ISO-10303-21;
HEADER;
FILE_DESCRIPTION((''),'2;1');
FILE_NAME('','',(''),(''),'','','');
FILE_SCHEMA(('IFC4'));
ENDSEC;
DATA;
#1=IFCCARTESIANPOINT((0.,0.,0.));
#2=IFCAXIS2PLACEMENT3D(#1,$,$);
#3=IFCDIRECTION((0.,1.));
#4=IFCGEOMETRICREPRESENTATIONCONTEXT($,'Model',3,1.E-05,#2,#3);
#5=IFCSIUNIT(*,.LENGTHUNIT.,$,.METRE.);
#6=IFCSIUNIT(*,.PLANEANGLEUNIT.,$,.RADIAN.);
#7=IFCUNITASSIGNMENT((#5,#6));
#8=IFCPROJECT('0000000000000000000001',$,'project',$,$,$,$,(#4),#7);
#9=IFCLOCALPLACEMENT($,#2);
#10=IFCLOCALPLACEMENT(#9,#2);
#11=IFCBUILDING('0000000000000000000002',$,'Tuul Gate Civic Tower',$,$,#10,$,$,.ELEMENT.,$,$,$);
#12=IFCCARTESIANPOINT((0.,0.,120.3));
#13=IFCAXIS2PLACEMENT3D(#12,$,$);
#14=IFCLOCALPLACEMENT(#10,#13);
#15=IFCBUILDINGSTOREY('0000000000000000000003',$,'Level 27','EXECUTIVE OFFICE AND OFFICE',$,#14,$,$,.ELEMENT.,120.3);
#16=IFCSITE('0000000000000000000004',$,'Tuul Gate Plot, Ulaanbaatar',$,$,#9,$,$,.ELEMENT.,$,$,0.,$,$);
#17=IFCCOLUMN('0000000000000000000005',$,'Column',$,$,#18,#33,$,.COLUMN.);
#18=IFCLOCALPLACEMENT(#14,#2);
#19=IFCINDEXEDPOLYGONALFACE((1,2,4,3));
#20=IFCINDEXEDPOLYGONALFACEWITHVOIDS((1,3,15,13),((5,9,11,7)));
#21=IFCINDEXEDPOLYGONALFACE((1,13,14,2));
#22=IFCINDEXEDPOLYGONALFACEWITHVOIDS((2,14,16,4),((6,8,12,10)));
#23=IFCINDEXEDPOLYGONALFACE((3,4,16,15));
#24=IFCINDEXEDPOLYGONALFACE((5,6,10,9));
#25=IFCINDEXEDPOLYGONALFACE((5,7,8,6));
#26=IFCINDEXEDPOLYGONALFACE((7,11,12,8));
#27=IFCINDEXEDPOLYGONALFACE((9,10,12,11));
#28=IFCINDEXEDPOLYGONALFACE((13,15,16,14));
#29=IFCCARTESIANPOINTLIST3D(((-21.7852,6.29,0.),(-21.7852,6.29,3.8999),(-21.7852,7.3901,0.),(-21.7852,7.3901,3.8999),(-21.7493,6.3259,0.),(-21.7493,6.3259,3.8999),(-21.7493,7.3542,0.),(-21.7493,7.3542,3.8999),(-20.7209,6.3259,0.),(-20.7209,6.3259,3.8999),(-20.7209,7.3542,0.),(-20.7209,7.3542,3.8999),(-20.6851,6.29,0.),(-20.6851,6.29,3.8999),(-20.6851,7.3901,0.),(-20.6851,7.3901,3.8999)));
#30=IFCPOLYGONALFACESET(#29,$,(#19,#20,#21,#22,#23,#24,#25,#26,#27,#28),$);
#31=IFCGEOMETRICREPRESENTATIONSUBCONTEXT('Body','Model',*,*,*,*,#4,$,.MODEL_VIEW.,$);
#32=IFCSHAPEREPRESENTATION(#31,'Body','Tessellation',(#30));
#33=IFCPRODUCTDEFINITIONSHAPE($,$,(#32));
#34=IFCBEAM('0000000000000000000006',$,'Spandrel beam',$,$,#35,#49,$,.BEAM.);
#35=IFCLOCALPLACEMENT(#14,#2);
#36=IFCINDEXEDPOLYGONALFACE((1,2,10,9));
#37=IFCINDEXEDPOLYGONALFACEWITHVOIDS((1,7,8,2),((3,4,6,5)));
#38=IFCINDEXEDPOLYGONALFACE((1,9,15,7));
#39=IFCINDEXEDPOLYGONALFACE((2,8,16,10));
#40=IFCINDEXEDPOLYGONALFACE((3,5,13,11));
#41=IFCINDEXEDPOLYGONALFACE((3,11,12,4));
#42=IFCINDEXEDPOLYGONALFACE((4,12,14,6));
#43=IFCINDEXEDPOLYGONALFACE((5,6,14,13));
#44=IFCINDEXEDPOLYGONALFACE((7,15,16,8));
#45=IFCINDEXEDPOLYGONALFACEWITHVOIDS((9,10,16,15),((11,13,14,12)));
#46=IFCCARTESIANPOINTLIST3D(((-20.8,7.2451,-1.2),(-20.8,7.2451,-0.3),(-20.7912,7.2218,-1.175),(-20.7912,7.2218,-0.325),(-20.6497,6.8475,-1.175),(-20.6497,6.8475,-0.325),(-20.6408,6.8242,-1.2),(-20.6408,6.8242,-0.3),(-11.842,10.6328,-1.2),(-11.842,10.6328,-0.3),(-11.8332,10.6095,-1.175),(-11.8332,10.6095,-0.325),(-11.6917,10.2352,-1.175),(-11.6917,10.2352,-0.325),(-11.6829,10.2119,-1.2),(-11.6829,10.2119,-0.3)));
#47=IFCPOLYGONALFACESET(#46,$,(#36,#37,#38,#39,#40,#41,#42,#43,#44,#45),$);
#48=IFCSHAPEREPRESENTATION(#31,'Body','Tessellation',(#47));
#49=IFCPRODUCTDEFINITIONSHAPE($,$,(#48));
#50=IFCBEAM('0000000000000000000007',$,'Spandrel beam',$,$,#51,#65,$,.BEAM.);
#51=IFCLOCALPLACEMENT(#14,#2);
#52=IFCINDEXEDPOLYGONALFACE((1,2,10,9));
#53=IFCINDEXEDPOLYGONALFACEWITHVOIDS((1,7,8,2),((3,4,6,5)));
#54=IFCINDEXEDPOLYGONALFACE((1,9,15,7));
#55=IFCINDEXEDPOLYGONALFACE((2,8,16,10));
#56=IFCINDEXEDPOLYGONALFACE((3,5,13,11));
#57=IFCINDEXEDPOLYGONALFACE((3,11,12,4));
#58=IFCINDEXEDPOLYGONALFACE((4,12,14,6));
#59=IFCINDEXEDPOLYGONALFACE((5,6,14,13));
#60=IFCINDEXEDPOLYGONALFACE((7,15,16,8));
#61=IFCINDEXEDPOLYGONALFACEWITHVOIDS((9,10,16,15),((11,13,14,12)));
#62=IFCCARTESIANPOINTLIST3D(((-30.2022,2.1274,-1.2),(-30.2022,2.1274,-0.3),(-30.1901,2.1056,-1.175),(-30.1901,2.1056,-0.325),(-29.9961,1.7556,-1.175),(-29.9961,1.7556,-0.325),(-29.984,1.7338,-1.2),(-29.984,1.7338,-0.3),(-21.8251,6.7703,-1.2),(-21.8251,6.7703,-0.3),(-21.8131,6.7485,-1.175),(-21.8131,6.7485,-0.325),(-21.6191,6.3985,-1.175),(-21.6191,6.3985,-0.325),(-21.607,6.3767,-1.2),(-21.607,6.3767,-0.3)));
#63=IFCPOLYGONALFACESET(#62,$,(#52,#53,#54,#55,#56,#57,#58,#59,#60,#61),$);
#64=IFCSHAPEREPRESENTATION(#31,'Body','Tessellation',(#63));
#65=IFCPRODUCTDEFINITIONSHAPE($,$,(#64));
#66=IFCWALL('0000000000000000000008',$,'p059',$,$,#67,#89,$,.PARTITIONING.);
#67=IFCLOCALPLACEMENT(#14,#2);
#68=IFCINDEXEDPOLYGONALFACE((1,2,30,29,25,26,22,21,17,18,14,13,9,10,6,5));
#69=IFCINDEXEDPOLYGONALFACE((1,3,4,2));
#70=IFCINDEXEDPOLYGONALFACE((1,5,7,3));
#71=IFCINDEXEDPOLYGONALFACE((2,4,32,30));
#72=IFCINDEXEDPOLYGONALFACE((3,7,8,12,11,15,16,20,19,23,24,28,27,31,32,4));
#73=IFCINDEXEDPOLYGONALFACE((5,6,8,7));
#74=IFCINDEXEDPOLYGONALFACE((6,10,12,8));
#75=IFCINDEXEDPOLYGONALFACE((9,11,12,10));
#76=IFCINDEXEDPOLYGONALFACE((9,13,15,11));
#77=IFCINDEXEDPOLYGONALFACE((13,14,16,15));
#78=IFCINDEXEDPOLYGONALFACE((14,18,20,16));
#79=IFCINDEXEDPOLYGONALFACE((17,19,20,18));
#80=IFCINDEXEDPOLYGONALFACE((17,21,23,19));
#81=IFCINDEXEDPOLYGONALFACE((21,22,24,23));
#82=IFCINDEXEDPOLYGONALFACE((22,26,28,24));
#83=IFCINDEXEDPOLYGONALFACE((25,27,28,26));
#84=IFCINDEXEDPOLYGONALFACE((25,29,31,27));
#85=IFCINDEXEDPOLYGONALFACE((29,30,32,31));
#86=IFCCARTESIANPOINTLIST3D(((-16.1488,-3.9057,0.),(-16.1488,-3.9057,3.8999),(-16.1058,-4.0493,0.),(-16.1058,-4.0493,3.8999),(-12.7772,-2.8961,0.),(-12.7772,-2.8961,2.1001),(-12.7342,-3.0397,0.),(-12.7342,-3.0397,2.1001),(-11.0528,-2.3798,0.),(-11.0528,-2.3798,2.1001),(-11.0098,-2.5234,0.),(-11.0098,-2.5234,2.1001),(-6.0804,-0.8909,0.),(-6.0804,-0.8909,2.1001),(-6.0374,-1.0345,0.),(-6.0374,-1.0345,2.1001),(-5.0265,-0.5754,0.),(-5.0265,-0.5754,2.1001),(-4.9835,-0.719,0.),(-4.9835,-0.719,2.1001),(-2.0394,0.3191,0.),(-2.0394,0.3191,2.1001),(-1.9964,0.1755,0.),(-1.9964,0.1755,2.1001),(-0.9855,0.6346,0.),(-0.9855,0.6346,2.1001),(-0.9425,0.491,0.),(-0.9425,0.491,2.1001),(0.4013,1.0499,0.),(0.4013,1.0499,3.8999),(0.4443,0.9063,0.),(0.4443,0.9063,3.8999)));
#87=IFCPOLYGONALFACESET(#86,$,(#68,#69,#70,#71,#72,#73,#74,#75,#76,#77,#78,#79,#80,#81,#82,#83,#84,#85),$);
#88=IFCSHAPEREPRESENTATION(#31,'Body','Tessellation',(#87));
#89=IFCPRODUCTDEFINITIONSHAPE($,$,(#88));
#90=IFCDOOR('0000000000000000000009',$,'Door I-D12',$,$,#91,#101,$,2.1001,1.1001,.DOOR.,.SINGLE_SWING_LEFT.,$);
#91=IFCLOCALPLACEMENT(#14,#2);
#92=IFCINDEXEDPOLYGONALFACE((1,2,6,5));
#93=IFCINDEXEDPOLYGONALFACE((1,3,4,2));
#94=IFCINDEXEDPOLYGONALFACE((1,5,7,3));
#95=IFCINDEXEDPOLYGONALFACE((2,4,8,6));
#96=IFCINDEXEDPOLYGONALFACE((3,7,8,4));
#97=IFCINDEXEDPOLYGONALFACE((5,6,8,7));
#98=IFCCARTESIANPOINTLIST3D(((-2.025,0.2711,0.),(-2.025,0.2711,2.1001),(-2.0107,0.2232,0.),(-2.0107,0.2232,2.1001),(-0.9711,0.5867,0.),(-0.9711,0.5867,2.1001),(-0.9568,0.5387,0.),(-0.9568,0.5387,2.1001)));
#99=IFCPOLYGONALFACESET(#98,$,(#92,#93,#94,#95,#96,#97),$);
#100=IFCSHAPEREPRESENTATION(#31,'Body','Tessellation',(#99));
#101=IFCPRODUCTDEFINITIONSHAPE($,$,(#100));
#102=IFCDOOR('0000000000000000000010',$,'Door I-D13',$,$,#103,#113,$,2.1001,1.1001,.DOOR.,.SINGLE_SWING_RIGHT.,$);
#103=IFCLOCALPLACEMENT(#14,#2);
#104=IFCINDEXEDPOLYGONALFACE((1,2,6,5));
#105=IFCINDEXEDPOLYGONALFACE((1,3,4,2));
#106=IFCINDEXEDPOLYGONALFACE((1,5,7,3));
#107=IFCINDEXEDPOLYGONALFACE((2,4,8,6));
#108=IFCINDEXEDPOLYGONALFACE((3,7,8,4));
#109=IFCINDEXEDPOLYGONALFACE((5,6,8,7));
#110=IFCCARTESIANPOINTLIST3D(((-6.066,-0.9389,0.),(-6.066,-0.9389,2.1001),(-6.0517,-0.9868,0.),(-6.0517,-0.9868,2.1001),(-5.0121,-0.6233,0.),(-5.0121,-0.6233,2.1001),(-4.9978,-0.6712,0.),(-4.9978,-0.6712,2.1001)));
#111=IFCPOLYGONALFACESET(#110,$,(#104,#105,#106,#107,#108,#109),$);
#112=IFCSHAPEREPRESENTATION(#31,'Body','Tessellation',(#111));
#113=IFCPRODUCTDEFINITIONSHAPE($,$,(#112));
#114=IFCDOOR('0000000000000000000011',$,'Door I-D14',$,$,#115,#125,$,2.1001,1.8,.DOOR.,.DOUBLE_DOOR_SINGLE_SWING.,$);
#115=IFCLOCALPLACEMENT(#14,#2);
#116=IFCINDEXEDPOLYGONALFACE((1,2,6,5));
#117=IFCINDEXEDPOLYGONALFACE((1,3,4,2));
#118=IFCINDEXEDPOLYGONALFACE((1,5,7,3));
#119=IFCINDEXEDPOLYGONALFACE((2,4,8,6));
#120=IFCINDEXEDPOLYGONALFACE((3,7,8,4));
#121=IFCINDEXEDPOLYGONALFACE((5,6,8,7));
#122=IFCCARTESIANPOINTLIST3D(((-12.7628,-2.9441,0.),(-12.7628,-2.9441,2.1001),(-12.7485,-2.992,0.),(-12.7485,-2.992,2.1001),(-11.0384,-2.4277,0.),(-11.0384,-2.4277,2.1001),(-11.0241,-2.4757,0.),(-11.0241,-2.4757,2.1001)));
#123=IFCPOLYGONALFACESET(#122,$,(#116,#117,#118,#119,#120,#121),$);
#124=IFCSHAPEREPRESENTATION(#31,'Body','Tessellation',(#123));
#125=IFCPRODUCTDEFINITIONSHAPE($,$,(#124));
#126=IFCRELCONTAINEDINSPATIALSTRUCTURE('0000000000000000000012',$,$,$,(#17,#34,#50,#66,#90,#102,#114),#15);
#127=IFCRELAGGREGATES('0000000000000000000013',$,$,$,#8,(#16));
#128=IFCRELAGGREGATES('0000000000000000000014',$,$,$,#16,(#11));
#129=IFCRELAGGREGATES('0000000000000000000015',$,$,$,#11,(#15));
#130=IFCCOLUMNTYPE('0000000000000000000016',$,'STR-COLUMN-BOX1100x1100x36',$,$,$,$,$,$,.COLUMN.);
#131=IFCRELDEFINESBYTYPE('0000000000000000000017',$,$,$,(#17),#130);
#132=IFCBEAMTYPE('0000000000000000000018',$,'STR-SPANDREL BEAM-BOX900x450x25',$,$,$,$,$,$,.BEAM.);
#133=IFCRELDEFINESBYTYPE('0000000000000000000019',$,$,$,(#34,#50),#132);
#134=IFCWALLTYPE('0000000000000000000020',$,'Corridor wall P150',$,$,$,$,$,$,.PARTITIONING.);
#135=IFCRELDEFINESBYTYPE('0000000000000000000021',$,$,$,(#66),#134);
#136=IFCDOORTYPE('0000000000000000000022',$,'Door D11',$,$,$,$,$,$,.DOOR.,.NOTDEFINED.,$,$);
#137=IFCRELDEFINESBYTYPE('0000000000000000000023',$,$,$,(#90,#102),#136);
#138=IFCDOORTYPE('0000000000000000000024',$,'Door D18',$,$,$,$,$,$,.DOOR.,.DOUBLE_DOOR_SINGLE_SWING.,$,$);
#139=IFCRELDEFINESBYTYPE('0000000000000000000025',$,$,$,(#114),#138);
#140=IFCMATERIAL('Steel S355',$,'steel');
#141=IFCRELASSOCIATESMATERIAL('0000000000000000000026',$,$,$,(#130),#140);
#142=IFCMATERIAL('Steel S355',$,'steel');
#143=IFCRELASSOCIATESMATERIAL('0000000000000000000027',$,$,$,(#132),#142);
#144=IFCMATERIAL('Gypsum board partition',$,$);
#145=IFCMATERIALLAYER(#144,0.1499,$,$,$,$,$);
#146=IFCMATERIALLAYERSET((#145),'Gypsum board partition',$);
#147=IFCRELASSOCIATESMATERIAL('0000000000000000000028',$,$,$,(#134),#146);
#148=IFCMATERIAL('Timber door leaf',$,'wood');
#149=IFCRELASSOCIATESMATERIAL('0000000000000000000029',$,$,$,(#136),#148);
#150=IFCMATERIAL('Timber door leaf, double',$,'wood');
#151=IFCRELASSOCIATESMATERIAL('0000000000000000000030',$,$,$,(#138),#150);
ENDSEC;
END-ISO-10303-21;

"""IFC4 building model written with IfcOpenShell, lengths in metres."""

from ifc_helpers import new_model, si_unit, direction, frame, frame_2d, origin, origin_2d, place, context, subcontext, project, spatial, rectangle, hollow_rectangle, extrude, material, layer, layer_set, material_profile, profile_set, type_object, element, fill, save


model = new_model("IFC4")

# Units and contexts
model_context = context("Model", 3, precision=1e-05, world=origin(), true_north=direction((0.0, 1.0)))
body_context = subcontext(model_context, "Body", "Model", "MODEL_VIEW")
ifc_project = project(units=[si_unit("LENGTHUNIT", "METRE"), si_unit("PLANEANGLEUNIT", "RADIAN")], contexts=[model_context])

# Site, building, storey
site_placement = place(None, origin())
site = spatial("IfcSite", under=ifc_project, at=site_placement, Name="Tuul Gate Plot, Ulaanbaatar", CompositionType="ELEMENT", RefElevation=0.0)
building_placement = place(site_placement, origin())
building = spatial("IfcBuilding", under=site, at=building_placement, Name="Tuul Gate Civic Tower", CompositionType="ELEMENT")
storey_placement = place(building_placement, frame((0.0, 0.0, 120.3)))
storey = spatial("IfcBuildingStorey", under=building, at=storey_placement, Name="Level 27", Description="EXECUTIVE OFFICE AND OFFICE", CompositionType="ELEMENT", Elevation=120.3)

# Column
ifc_material_1 = material(Name="Steel S355", Category="steel")
ifc_material_profile_1 = material_profile(ifc_material_1, hollow_rectangle(XDim=1.1001, YDim=1.1001, WallThickness=0.0359, at=origin_2d()), Name="BOX1100x1100x36")
ifc_profile_set_1 = profile_set([ifc_material_profile_1], Name="Steel S355")
column_type = type_object("IfcColumnType", Name="STR-COLUMN-BOX1100x1100x36", PredefinedType="COLUMN", material=ifc_profile_set_1)
column_placement = place(storey_placement, frame((-21.2351, 6.8401, 0.0), z_axis=(0.0, 0.0, 1.0), x_axis=(1.0, 0.0, 0.0)))
element("IfcColumn", 1, at=column_placement, inside=storey, type_object=column_type, Name="Column", PredefinedType="COLUMN", context=body_context, shape_type="SweptSolid", body=[
    extrude(hollow_rectangle(XDim=1.1001, YDim=1.1001, WallThickness=0.0359, at=origin_2d()), origin(), (0.0, 0.0, 1.0), 3.8999),
])

# Beams
ifc_material_2 = material(Name="Steel S355", Category="steel")
ifc_material_profile_2 = material_profile(ifc_material_2, hollow_rectangle(XDim=0.45, YDim=0.8999, WallThickness=0.0249, at=origin_2d()), Name="BOX900x450x25")
ifc_profile_set_2 = profile_set([ifc_material_profile_2], Name="Steel S355")
beam_type = type_object("IfcBeamType", Name="STR-SPANDREL BEAM-BOX900x450x25", PredefinedType="BEAM", material=ifc_profile_set_2)
beam_1_placement = place(storey_placement, frame((-11.7625, 10.4224, -0.75), z_axis=(-0.935349, -0.353726, 0.0), x_axis=(0.353726, -0.935349, 0.0)))
element("IfcBeam", 2, at=beam_1_placement, inside=storey, type_object=beam_type, Name="Spandrel beam", PredefinedType="BEAM", context=body_context, shape_type="SweptSolid", body=[
    extrude(hollow_rectangle(XDim=0.45, YDim=0.8999, WallThickness=0.0249, at=origin_2d()), origin(), (0.0, 0.0, 1.0), 9.5771),
])
beam_2_placement = place(storey_placement, frame((-21.7161, 6.5735, -0.75), z_axis=(-0.874646, -0.484762, 0.0), x_axis=(0.484762, -0.874646, 0.0)))
element("IfcBeam", 3, at=beam_2_placement, inside=storey, type_object=beam_type, Name="Spandrel beam", PredefinedType="BEAM", context=body_context, shape_type="SweptSolid", body=[
    extrude(hollow_rectangle(XDim=0.45, YDim=0.8999, WallThickness=0.0249, at=origin_2d()), origin(), (0.0, 0.0, 1.0), 9.5776),
])

# Wall, openings, doors
ifc_material_3 = material(Name="Gypsum board partition")
ifc_layer_1 = layer(ifc_material_3, 0.1499)
ifc_layer_set_1 = layer_set([ifc_layer_1], Name="Gypsum board partition")
wall_type_1 = type_object("IfcWallType", Name="Corridor wall P150", PredefinedType="PARTITIONING", material=ifc_layer_set_1)
wall_1_placement = place(storey_placement, frame((-16.1274, -3.9775, 0.0), z_axis=(0.0, 0.0, 1.0), x_axis=(0.957977, 0.286846, 0.0)))
wall_1 = element("IfcWall", 4, at=wall_1_placement, inside=storey, type_object=wall_type_1, Name="p059", PredefinedType="PARTITIONING", context=body_context, shape_type="SweptSolid", body=[
    extrude(rectangle(XDim=17.2761, YDim=0.1499, at=frame_2d((8.6382, 0.0))), origin(), (0.0, 0.0, 1.0), 3.8999),
])
opening_1_placement = place(wall_1_placement, frame((14.7285, 0.0, 0.0)))
opening_1 = element("IfcOpeningElement", 5, at=opening_1_placement, cuts=wall_1, PredefinedType="OPENING", context=body_context, shape_type="SweptSolid", body=[
    extrude(rectangle(XDim=1.1001, YDim=2.1001, at=frame_2d((0.55, 1.05))), frame((0.0, 0.085, 0.0), z_axis=(0.0, -1.0, 0.0), x_axis=(1.0, 0.0, 0.0)), (0.0, 0.0, 1.0), 0.1699),
])
opening_2_placement = place(wall_1_placement, frame((10.5103, 0.0, 0.0)))
opening_2 = element("IfcOpeningElement", 6, at=opening_2_placement, cuts=wall_1, PredefinedType="OPENING", context=body_context, shape_type="SweptSolid", body=[
    extrude(rectangle(XDim=1.1001, YDim=2.1001, at=frame_2d((0.55, 1.05))), frame((0.0, 0.085, 0.0), z_axis=(0.0, -1.0, 0.0), x_axis=(1.0, 0.0, 0.0)), (0.0, 0.0, 1.0), 0.1699),
])
opening_3_placement = place(wall_1_placement, frame((3.5198, 0.0, 0.0)))
opening_3 = element("IfcOpeningElement", 7, at=opening_3_placement, cuts=wall_1, PredefinedType="OPENING", context=body_context, shape_type="SweptSolid", body=[
    extrude(rectangle(XDim=1.8, YDim=2.1001, at=frame_2d((0.8999, 1.05))), frame((0.0, 0.085, 0.0), z_axis=(0.0, -1.0, 0.0), x_axis=(1.0, 0.0, 0.0)), (0.0, 0.0, 1.0), 0.1699),
])
ifc_material_4 = material(Name="Timber door leaf", Category="wood")
door_type_1 = type_object("IfcDoorType", Name="Door D11", OperationType="NOTDEFINED", PredefinedType="DOOR", material=ifc_material_4)
door_1_placement = place(opening_1_placement, origin())
door_1 = element("IfcDoor", 8, at=door_1_placement, inside=storey, type_object=door_type_1, Name="Door I-D12", OperationType="SINGLE_SWING_LEFT", OverallHeight=2.1001, OverallWidth=1.1001, PredefinedType="DOOR", context=body_context, shape_type="SweptSolid", body=[
    extrude(rectangle(XDim=1.1001, YDim=2.1001, at=frame_2d((0.55, 1.05))), frame((0.0, 0.0249, 0.0), z_axis=(0.0, -1.0, 0.0), x_axis=(1.0, 0.0, 0.0)), (0.0, 0.0, 1.0), 0.05),
])
fill(opening_1, door_1)
door_2_placement = place(opening_2_placement, origin())
door_2 = element("IfcDoor", 9, at=door_2_placement, inside=storey, type_object=door_type_1, Name="Door I-D13", OperationType="SINGLE_SWING_RIGHT", OverallHeight=2.1001, OverallWidth=1.1001, PredefinedType="DOOR", context=body_context, shape_type="SweptSolid", body=[
    extrude(rectangle(XDim=1.1001, YDim=2.1001, at=frame_2d((0.55, 1.05))), frame((0.0, 0.0249, 0.0), z_axis=(0.0, -1.0, 0.0), x_axis=(1.0, 0.0, 0.0)), (0.0, 0.0, 1.0), 0.05),
])
fill(opening_2, door_2)
ifc_material_5 = material(Name="Timber door leaf, double", Category="wood")
door_type_2 = type_object("IfcDoorType", Name="Door D18", OperationType="DOUBLE_DOOR_SINGLE_SWING", PredefinedType="DOOR", material=ifc_material_5)
door_3_placement = place(opening_3_placement, origin())
door_3 = element("IfcDoor", 10, at=door_3_placement, inside=storey, type_object=door_type_2, Name="Door I-D14", OperationType="DOUBLE_DOOR_SINGLE_SWING", OverallHeight=2.1001, OverallWidth=1.8, PredefinedType="DOOR", context=body_context, shape_type="SweptSolid", body=[
    extrude(rectangle(XDim=1.8, YDim=2.1001, at=frame_2d((0.8999, 1.05))), frame((0.0, 0.0249, 0.0), z_axis=(0.0, -1.0, 0.0), x_axis=(1.0, 0.0, 0.0)), (0.0, 0.0, 1.0), 0.05),
])
fill(opening_3, door_3)

save(model, "model.ifc")
